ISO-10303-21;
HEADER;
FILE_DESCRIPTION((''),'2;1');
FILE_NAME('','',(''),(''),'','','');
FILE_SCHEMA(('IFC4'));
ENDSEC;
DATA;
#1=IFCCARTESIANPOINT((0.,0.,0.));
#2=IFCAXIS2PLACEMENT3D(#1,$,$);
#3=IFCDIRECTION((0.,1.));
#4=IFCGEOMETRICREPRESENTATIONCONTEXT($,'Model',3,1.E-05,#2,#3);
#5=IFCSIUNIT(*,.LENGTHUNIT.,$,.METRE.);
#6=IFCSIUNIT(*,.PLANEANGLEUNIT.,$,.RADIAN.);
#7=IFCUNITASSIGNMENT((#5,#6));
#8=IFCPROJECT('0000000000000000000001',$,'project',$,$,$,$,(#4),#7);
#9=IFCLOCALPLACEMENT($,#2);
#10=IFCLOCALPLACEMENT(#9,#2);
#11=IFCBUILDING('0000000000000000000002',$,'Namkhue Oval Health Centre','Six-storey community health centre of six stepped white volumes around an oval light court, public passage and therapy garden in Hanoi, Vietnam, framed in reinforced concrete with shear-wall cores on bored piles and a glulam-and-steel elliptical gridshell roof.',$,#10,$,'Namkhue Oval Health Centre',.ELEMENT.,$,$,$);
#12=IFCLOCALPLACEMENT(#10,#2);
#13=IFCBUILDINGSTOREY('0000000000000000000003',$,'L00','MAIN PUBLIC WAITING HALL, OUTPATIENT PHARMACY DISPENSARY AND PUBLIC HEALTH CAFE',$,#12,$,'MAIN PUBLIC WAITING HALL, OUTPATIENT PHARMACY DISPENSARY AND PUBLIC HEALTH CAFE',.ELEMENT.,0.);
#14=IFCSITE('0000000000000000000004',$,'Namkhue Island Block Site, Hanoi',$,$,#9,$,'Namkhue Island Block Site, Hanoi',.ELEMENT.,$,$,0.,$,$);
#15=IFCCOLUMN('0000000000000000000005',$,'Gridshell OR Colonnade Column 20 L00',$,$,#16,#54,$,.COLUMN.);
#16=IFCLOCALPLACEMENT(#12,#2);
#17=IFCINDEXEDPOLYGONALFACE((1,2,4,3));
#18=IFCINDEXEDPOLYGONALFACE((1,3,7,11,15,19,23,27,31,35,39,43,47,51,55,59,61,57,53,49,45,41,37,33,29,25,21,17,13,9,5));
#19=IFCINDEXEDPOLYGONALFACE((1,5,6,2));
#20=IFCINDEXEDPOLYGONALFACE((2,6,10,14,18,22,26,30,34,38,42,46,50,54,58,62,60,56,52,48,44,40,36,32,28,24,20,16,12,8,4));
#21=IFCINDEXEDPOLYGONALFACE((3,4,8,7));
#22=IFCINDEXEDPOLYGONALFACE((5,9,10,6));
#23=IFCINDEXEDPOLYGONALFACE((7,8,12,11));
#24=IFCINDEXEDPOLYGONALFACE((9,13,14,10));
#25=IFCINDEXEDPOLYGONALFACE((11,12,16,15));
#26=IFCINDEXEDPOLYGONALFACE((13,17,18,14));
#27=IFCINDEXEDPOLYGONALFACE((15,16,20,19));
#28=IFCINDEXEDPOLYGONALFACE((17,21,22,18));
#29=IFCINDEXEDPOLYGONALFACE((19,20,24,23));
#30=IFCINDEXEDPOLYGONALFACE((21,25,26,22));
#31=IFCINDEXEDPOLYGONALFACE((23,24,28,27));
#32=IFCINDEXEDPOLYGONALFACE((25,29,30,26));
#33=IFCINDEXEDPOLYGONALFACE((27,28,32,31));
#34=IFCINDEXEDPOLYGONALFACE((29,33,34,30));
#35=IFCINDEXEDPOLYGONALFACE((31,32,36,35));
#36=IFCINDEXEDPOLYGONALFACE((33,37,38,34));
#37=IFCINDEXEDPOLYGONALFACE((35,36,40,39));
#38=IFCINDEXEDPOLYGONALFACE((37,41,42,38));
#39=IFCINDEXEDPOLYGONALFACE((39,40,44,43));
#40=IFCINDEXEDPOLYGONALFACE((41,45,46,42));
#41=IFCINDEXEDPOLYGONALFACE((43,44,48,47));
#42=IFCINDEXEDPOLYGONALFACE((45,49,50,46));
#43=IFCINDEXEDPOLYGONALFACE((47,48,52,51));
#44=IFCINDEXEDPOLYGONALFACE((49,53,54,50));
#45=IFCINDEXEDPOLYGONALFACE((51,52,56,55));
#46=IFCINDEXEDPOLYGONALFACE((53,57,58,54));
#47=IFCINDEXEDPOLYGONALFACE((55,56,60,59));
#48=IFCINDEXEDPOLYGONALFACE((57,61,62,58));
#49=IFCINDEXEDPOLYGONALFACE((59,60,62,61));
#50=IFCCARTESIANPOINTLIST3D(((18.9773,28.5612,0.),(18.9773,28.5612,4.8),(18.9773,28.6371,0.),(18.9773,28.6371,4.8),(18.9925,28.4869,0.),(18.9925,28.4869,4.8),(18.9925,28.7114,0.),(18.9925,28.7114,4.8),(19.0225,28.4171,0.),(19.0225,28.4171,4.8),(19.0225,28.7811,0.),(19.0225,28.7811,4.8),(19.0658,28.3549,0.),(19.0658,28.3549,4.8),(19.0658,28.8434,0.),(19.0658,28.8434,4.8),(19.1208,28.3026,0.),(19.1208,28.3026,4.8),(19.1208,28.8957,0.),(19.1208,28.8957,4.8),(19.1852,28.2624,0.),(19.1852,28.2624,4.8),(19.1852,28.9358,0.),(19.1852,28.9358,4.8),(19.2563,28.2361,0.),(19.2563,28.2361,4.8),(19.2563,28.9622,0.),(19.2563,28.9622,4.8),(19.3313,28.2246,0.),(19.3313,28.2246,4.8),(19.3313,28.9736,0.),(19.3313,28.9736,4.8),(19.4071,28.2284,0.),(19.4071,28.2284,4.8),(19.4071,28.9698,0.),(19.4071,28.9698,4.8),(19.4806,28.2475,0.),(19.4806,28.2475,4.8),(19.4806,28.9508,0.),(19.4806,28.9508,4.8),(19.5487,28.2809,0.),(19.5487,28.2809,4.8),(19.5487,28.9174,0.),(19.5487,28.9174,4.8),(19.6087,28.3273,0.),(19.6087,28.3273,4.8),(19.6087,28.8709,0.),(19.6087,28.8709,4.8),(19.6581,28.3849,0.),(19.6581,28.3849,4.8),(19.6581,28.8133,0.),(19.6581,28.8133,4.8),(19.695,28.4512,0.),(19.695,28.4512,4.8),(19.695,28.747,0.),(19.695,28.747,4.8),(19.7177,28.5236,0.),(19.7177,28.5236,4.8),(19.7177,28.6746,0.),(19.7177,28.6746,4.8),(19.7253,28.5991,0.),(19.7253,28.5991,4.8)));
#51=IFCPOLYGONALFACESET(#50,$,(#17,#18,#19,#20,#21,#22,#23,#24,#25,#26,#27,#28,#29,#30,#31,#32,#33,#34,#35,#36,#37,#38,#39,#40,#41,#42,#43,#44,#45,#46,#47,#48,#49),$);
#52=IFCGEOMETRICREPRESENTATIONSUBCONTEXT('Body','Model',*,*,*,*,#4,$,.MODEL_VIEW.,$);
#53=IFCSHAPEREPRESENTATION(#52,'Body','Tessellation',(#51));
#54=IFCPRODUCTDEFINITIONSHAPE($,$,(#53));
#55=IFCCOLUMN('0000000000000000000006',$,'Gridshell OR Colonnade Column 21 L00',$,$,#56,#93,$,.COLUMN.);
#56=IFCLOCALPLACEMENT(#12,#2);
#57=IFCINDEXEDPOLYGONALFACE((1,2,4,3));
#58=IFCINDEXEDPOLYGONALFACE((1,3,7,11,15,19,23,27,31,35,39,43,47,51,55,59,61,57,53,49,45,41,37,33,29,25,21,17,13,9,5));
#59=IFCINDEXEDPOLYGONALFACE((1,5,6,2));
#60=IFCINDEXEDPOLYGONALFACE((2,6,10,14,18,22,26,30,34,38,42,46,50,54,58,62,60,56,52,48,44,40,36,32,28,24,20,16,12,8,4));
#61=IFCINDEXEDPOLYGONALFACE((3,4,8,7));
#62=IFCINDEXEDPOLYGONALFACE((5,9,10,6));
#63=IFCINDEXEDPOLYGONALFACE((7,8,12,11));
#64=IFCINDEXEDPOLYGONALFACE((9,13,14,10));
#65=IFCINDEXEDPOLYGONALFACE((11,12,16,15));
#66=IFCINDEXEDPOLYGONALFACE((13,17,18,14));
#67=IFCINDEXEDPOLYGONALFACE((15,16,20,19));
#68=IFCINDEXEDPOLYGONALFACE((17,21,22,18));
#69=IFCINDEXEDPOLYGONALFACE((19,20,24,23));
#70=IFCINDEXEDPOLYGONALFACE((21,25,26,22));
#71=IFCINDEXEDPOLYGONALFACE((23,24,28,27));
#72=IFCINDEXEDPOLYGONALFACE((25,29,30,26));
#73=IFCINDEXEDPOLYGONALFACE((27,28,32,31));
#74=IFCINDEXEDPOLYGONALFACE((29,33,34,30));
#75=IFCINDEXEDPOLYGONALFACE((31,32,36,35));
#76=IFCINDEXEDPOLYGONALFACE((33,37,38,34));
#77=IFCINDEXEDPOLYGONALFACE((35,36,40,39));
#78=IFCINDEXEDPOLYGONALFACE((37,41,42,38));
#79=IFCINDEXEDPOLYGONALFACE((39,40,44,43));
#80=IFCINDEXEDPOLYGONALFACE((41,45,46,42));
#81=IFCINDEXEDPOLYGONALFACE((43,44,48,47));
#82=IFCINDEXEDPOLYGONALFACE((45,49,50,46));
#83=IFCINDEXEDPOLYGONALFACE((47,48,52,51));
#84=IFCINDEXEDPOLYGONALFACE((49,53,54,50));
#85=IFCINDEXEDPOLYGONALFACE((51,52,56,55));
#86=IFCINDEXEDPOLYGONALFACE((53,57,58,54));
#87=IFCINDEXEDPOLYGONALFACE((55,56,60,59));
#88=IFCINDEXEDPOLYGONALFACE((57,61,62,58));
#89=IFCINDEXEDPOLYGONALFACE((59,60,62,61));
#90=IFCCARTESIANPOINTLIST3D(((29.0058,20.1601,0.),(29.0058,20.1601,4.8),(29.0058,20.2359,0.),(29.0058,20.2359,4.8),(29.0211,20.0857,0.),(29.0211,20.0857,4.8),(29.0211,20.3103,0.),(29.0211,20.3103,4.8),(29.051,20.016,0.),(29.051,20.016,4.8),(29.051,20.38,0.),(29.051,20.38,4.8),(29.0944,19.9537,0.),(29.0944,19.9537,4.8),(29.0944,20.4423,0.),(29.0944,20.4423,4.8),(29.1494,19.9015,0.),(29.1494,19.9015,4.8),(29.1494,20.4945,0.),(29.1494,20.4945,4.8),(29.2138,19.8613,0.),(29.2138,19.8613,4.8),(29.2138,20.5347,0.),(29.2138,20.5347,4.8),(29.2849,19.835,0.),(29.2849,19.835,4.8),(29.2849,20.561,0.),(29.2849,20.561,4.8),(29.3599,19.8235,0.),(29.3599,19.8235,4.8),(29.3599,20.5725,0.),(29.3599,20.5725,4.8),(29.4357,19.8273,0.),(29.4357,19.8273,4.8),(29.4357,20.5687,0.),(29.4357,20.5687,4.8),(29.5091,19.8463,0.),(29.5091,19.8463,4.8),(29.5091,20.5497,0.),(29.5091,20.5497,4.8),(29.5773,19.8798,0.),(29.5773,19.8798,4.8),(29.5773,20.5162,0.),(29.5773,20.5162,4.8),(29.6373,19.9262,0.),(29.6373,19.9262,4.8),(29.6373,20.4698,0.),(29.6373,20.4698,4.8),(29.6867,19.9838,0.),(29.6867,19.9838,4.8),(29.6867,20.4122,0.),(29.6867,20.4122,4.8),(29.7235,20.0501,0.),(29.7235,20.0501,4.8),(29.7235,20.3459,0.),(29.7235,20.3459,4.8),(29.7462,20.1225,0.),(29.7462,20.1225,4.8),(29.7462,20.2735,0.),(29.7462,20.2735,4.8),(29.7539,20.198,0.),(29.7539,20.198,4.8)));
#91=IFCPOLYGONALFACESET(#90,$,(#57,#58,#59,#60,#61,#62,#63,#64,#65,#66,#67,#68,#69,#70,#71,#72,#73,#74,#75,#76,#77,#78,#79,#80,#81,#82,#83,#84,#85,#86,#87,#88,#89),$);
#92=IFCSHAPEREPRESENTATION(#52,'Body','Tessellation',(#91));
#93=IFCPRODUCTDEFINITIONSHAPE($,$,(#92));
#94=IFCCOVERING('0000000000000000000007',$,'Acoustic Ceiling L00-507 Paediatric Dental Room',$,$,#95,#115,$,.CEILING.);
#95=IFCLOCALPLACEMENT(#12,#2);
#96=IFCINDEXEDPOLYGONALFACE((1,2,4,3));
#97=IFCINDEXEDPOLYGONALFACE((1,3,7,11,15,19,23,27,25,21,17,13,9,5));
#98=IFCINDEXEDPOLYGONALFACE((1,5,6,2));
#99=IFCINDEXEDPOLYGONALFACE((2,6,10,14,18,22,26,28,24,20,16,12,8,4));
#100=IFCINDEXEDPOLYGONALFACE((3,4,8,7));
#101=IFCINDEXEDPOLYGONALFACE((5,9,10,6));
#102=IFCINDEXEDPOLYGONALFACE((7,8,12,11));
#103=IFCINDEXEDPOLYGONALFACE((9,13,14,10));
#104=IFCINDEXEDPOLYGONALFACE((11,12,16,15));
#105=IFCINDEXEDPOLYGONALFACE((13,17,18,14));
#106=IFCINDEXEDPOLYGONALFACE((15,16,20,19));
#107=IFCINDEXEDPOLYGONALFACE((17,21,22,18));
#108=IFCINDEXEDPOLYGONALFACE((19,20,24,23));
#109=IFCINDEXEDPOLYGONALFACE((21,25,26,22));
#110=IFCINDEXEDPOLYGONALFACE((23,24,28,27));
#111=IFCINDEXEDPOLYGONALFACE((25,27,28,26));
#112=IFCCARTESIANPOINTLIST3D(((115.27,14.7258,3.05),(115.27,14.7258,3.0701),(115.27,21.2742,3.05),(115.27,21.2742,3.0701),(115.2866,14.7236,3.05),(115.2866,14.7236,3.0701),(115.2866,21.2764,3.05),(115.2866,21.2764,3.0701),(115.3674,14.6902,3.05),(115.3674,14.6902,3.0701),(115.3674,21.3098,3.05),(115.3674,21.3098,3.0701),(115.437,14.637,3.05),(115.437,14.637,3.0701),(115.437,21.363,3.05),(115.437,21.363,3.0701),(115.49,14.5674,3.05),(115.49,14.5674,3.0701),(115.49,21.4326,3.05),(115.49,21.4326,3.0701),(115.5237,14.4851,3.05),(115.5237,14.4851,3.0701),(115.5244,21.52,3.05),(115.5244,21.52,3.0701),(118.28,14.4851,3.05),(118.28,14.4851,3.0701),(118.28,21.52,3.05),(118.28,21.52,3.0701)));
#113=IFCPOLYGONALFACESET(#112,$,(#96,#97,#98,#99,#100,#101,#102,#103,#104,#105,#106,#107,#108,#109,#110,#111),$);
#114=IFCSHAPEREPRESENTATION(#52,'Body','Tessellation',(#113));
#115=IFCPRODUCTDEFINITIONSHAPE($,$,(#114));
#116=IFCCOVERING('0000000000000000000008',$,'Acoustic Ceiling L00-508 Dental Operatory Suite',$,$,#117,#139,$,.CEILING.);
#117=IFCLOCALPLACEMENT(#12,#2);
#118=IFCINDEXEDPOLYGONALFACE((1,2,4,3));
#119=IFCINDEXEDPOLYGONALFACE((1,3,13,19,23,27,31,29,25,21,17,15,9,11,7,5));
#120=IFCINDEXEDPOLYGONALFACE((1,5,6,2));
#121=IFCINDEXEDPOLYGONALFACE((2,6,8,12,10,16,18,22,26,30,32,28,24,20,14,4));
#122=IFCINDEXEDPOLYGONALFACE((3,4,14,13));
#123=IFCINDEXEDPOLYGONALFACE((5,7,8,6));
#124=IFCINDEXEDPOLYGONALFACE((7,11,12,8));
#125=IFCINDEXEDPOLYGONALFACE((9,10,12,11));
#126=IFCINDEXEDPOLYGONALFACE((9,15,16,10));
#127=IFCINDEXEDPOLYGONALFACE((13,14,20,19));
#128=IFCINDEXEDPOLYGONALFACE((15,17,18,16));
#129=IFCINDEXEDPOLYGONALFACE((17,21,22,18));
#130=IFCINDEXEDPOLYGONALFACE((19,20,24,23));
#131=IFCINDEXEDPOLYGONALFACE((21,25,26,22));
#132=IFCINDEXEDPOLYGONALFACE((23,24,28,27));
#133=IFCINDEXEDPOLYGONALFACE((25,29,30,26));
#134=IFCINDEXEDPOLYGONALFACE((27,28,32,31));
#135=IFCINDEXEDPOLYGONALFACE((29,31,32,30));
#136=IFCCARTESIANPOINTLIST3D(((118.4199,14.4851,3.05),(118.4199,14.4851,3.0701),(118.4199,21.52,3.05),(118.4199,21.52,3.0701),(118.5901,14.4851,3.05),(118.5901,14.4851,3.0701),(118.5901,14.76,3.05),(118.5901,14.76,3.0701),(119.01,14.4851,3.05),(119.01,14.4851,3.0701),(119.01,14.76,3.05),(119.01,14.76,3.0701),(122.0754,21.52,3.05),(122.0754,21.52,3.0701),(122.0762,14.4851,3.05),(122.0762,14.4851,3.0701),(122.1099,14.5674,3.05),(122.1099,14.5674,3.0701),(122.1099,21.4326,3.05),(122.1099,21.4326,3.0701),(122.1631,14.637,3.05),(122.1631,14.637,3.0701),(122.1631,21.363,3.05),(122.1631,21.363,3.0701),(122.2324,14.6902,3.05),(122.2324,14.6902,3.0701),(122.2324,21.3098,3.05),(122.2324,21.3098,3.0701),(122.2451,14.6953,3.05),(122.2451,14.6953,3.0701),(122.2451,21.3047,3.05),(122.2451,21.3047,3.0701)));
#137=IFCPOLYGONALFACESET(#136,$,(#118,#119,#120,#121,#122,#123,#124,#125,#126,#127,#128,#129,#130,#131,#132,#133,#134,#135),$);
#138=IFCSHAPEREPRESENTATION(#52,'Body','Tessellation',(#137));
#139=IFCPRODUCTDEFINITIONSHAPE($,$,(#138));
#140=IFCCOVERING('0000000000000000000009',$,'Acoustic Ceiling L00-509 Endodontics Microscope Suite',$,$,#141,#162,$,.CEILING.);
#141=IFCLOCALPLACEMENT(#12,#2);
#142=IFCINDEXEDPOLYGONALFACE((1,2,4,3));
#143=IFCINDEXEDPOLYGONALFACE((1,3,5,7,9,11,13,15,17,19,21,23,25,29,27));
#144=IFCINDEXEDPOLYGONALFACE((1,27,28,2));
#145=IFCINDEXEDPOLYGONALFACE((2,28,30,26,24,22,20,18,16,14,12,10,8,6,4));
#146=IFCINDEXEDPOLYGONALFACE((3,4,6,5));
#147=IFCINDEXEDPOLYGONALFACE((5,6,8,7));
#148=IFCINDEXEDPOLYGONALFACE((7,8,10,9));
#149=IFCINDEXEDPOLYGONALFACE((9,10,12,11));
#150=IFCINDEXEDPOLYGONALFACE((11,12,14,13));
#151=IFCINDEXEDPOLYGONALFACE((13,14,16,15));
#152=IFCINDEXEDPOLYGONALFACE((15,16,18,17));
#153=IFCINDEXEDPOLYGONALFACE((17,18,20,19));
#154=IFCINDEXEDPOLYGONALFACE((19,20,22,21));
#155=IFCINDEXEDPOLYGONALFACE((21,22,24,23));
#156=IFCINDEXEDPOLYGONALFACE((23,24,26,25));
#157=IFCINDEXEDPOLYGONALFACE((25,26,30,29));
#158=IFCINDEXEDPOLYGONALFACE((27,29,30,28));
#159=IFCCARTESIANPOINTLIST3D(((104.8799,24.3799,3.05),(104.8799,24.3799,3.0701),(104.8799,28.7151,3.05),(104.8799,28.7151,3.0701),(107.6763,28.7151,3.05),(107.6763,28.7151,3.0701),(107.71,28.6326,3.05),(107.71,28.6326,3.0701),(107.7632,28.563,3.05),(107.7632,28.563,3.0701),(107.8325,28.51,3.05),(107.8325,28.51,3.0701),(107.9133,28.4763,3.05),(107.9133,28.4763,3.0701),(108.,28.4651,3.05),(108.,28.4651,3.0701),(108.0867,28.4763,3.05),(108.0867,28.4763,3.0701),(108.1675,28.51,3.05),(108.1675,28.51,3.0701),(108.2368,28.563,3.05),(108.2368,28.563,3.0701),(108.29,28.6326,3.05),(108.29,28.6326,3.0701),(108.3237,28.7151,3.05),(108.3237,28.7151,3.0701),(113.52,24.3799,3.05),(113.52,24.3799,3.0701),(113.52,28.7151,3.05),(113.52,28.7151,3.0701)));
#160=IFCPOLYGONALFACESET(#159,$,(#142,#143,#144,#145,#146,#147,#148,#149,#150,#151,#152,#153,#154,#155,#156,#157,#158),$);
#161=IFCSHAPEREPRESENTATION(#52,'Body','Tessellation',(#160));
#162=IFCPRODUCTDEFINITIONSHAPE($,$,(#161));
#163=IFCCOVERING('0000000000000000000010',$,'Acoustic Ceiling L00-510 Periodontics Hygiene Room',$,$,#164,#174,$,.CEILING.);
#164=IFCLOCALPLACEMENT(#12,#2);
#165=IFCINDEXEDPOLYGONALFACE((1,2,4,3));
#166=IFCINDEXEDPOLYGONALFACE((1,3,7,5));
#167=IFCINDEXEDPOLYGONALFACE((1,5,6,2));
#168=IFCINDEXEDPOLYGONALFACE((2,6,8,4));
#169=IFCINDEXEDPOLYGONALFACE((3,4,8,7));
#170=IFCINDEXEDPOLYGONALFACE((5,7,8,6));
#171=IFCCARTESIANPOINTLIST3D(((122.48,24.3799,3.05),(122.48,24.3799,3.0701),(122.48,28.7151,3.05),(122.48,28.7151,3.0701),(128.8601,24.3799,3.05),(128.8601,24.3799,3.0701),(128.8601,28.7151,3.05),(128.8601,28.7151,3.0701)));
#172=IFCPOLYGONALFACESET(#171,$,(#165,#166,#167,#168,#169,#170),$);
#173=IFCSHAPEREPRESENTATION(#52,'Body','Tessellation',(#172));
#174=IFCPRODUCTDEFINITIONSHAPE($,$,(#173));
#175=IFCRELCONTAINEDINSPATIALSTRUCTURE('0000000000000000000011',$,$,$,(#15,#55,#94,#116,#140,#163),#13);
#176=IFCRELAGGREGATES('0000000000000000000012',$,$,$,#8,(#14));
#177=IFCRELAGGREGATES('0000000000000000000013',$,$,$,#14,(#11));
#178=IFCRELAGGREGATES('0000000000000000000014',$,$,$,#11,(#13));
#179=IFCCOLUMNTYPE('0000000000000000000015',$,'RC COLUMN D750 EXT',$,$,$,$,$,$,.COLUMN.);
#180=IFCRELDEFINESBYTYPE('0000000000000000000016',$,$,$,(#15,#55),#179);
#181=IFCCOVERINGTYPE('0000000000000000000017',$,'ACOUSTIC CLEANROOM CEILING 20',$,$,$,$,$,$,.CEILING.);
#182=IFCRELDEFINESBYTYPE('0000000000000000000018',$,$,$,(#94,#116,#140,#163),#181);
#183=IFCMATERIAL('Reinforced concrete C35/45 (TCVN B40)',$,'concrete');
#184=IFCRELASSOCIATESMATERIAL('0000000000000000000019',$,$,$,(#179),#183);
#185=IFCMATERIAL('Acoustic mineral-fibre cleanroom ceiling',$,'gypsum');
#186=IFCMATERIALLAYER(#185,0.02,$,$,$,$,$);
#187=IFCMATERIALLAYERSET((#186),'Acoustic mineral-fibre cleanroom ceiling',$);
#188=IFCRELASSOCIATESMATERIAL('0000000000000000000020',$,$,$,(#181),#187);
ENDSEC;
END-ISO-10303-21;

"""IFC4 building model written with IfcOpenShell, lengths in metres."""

from ifc_helpers import new_model, si_unit, direction, frame, origin, origin_2d, place, context, subcontext, project, spatial, polyline, circle, outline, extrude, material, layer, layer_set, material_profile, profile_set, type_object, element, save


model = new_model("IFC4")

# Units and contexts
model_context = context("Model", 3, precision=1e-05, world=origin(), true_north=direction((0.0, 1.0)))
body_context = subcontext(model_context, "Body", "Model", "MODEL_VIEW")
ifc_project = project(units=[si_unit("LENGTHUNIT", "METRE"), si_unit("PLANEANGLEUNIT", "RADIAN")], contexts=[model_context])

# Site, building, storey
site_placement = place(None, origin())
site = spatial("IfcSite", under=ifc_project, at=site_placement, Name="Namkhue Island Block Site, Hanoi", LongName="Namkhue Island Block Site, Hanoi", CompositionType="ELEMENT", RefElevation=0.0)
building_placement = place(site_placement, origin())
building = spatial("IfcBuilding", under=site, at=building_placement, Name="Namkhue Oval Health Centre", Description="Six-storey community health centre of six stepped white volumes around an oval light court, public passage and therapy garden in Hanoi, Vietnam, framed in reinforced concrete with shear-wall cores on bored piles and a glulam-and-steel elliptical gridshell roof.", LongName="Namkhue Oval Health Centre", CompositionType="ELEMENT")
storey_placement = place(building_placement, origin())
storey = spatial("IfcBuildingStorey", under=building, at=storey_placement, Name="L00", Description="MAIN PUBLIC WAITING HALL, OUTPATIENT PHARMACY DISPENSARY AND PUBLIC HEALTH CAFE", LongName="MAIN PUBLIC WAITING HALL, OUTPATIENT PHARMACY DISPENSARY AND PUBLIC HEALTH CAFE", CompositionType="ELEMENT", Elevation=0.0)

# Columns
ifc_material_1 = material(Name="Reinforced concrete C35/45 (TCVN B40)", Category="concrete")
ifc_material_profile_1 = material_profile(ifc_material_1, circle(Radius=0.375, at=origin_2d()), Name="RC D750")
ifc_profile_set_1 = profile_set([ifc_material_profile_1], Name="Reinforced concrete C35/45 (TCVN B40)")
column_type = type_object("IfcColumnType", Name="RC COLUMN D750 EXT", PredefinedType="COLUMN", material=ifc_profile_set_1)
for number, where, z_axis, x_axis, name in (
    (1, (19.3503, 28.5991, 0.0), (0.0, 0.0, 1.0), (1.0, 0.0, 0.0), "Gridshell OR Colonnade Column 20 L00"),
    (2, (29.3789, 20.198, 0.0), (0.0, 0.0, 1.0), (1.0, 0.0, 0.0), "Gridshell OR Colonnade Column 21 L00"),
):
    element("IfcColumn", number, at=place(storey_placement, frame(where, z_axis=z_axis, x_axis=x_axis)), inside=storey, type_object=column_type, Name=name, PredefinedType="COLUMN", context=body_context, shape_type="SweptSolid", body=[
        extrude(circle(Radius=0.375, at=origin_2d()), origin(), (0.0, 0.0, 1.0), 4.8),
    ])

# Coverings
ifc_material_2 = material(Name="Acoustic mineral-fibre cleanroom ceiling", Category="gypsum")
ifc_layer_1 = layer(ifc_material_2, 0.02)
ifc_layer_set_1 = layer_set([ifc_layer_1], Name="Acoustic mineral-fibre cleanroom ceiling")
covering_type_1 = type_object("IfcCoveringType", Name="ACOUSTIC CLEANROOM CEILING 20", PredefinedType="CEILING", material=ifc_layer_set_1)
covering_1_placement = place(storey_placement, frame((0.0, 0.0, 3.05)))
element("IfcCovering", 3, at=covering_1_placement, inside=storey, type_object=covering_type_1, Name="Acoustic Ceiling L00-507 Paediatric Dental Room", PredefinedType="CEILING", context=body_context, shape_type="SweptSolid", body=[
    extrude(outline(polyline([(115.5237, 14.4851), (115.49, 14.5674), (115.437, 14.637), (115.3674, 14.6902), (115.2866, 14.7236), (115.27, 14.7258), (115.27, 21.2742), (115.2866, 21.2764), (115.3674, 21.3098), (115.437, 21.363), (115.49, 21.4326), (115.5244, 21.52), (118.28, 21.52), (118.28, 14.4851), (115.5237, 14.4851)])), origin(), (0.0, 0.0, 1.0), 0.02),
])
covering_2_placement = place(storey_placement, frame((0.0, 0.0, 3.05)))
element("IfcCovering", 4, at=covering_2_placement, inside=storey, type_object=covering_type_1, Name="Acoustic Ceiling L00-508 Dental Operatory Suite", PredefinedType="CEILING", context=body_context, shape_type="SweptSolid", body=[
    extrude(outline(polyline([(119.01, 14.4851), (119.01, 14.76), (118.5901, 14.76), (118.5901, 14.4851), (118.4199, 14.4851), (118.4199, 21.52), (122.0754, 21.52), (122.1099, 21.4326), (122.1631, 21.363), (122.2324, 21.3098), (122.2451, 21.3047), (122.2451, 14.6953), (122.2324, 14.6902), (122.1631, 14.637), (122.1099, 14.5674), (122.0762, 14.4851), (119.01, 14.4851)])), origin(), (0.0, 0.0, 1.0), 0.02),
])
covering_3_placement = place(storey_placement, frame((0.0, 0.0, 3.05)))
element("IfcCovering", 5, at=covering_3_placement, inside=storey, type_object=covering_type_1, Name="Acoustic Ceiling L00-509 Endodontics Microscope Suite", PredefinedType="CEILING", context=body_context, shape_type="SweptSolid", body=[
    extrude(outline(polyline([(104.8799, 24.3799), (104.8799, 28.7151), (107.6763, 28.7151), (107.71, 28.6326), (107.7632, 28.563), (107.8325, 28.51), (107.9133, 28.4763), (108.0, 28.4651), (108.0867, 28.4763), (108.1675, 28.51), (108.2368, 28.563), (108.29, 28.6326), (108.3237, 28.7151), (113.52, 28.7151), (113.52, 24.3799), (104.8799, 24.3799)])), origin(), (0.0, 0.0, 1.0), 0.02),
])
covering_4_placement = place(storey_placement, frame((0.0, 0.0, 3.05)))
element("IfcCovering", 6, at=covering_4_placement, inside=storey, type_object=covering_type_1, Name="Acoustic Ceiling L00-510 Periodontics Hygiene Room", PredefinedType="CEILING", context=body_context, shape_type="SweptSolid", body=[
    extrude(outline(polyline([(122.48, 24.3799), (122.48, 28.7151), (128.8601, 28.7151), (128.8601, 24.3799), (122.48, 24.3799)])), origin(), (0.0, 0.0, 1.0), 0.02),
])

save(model, "model.ifc")
